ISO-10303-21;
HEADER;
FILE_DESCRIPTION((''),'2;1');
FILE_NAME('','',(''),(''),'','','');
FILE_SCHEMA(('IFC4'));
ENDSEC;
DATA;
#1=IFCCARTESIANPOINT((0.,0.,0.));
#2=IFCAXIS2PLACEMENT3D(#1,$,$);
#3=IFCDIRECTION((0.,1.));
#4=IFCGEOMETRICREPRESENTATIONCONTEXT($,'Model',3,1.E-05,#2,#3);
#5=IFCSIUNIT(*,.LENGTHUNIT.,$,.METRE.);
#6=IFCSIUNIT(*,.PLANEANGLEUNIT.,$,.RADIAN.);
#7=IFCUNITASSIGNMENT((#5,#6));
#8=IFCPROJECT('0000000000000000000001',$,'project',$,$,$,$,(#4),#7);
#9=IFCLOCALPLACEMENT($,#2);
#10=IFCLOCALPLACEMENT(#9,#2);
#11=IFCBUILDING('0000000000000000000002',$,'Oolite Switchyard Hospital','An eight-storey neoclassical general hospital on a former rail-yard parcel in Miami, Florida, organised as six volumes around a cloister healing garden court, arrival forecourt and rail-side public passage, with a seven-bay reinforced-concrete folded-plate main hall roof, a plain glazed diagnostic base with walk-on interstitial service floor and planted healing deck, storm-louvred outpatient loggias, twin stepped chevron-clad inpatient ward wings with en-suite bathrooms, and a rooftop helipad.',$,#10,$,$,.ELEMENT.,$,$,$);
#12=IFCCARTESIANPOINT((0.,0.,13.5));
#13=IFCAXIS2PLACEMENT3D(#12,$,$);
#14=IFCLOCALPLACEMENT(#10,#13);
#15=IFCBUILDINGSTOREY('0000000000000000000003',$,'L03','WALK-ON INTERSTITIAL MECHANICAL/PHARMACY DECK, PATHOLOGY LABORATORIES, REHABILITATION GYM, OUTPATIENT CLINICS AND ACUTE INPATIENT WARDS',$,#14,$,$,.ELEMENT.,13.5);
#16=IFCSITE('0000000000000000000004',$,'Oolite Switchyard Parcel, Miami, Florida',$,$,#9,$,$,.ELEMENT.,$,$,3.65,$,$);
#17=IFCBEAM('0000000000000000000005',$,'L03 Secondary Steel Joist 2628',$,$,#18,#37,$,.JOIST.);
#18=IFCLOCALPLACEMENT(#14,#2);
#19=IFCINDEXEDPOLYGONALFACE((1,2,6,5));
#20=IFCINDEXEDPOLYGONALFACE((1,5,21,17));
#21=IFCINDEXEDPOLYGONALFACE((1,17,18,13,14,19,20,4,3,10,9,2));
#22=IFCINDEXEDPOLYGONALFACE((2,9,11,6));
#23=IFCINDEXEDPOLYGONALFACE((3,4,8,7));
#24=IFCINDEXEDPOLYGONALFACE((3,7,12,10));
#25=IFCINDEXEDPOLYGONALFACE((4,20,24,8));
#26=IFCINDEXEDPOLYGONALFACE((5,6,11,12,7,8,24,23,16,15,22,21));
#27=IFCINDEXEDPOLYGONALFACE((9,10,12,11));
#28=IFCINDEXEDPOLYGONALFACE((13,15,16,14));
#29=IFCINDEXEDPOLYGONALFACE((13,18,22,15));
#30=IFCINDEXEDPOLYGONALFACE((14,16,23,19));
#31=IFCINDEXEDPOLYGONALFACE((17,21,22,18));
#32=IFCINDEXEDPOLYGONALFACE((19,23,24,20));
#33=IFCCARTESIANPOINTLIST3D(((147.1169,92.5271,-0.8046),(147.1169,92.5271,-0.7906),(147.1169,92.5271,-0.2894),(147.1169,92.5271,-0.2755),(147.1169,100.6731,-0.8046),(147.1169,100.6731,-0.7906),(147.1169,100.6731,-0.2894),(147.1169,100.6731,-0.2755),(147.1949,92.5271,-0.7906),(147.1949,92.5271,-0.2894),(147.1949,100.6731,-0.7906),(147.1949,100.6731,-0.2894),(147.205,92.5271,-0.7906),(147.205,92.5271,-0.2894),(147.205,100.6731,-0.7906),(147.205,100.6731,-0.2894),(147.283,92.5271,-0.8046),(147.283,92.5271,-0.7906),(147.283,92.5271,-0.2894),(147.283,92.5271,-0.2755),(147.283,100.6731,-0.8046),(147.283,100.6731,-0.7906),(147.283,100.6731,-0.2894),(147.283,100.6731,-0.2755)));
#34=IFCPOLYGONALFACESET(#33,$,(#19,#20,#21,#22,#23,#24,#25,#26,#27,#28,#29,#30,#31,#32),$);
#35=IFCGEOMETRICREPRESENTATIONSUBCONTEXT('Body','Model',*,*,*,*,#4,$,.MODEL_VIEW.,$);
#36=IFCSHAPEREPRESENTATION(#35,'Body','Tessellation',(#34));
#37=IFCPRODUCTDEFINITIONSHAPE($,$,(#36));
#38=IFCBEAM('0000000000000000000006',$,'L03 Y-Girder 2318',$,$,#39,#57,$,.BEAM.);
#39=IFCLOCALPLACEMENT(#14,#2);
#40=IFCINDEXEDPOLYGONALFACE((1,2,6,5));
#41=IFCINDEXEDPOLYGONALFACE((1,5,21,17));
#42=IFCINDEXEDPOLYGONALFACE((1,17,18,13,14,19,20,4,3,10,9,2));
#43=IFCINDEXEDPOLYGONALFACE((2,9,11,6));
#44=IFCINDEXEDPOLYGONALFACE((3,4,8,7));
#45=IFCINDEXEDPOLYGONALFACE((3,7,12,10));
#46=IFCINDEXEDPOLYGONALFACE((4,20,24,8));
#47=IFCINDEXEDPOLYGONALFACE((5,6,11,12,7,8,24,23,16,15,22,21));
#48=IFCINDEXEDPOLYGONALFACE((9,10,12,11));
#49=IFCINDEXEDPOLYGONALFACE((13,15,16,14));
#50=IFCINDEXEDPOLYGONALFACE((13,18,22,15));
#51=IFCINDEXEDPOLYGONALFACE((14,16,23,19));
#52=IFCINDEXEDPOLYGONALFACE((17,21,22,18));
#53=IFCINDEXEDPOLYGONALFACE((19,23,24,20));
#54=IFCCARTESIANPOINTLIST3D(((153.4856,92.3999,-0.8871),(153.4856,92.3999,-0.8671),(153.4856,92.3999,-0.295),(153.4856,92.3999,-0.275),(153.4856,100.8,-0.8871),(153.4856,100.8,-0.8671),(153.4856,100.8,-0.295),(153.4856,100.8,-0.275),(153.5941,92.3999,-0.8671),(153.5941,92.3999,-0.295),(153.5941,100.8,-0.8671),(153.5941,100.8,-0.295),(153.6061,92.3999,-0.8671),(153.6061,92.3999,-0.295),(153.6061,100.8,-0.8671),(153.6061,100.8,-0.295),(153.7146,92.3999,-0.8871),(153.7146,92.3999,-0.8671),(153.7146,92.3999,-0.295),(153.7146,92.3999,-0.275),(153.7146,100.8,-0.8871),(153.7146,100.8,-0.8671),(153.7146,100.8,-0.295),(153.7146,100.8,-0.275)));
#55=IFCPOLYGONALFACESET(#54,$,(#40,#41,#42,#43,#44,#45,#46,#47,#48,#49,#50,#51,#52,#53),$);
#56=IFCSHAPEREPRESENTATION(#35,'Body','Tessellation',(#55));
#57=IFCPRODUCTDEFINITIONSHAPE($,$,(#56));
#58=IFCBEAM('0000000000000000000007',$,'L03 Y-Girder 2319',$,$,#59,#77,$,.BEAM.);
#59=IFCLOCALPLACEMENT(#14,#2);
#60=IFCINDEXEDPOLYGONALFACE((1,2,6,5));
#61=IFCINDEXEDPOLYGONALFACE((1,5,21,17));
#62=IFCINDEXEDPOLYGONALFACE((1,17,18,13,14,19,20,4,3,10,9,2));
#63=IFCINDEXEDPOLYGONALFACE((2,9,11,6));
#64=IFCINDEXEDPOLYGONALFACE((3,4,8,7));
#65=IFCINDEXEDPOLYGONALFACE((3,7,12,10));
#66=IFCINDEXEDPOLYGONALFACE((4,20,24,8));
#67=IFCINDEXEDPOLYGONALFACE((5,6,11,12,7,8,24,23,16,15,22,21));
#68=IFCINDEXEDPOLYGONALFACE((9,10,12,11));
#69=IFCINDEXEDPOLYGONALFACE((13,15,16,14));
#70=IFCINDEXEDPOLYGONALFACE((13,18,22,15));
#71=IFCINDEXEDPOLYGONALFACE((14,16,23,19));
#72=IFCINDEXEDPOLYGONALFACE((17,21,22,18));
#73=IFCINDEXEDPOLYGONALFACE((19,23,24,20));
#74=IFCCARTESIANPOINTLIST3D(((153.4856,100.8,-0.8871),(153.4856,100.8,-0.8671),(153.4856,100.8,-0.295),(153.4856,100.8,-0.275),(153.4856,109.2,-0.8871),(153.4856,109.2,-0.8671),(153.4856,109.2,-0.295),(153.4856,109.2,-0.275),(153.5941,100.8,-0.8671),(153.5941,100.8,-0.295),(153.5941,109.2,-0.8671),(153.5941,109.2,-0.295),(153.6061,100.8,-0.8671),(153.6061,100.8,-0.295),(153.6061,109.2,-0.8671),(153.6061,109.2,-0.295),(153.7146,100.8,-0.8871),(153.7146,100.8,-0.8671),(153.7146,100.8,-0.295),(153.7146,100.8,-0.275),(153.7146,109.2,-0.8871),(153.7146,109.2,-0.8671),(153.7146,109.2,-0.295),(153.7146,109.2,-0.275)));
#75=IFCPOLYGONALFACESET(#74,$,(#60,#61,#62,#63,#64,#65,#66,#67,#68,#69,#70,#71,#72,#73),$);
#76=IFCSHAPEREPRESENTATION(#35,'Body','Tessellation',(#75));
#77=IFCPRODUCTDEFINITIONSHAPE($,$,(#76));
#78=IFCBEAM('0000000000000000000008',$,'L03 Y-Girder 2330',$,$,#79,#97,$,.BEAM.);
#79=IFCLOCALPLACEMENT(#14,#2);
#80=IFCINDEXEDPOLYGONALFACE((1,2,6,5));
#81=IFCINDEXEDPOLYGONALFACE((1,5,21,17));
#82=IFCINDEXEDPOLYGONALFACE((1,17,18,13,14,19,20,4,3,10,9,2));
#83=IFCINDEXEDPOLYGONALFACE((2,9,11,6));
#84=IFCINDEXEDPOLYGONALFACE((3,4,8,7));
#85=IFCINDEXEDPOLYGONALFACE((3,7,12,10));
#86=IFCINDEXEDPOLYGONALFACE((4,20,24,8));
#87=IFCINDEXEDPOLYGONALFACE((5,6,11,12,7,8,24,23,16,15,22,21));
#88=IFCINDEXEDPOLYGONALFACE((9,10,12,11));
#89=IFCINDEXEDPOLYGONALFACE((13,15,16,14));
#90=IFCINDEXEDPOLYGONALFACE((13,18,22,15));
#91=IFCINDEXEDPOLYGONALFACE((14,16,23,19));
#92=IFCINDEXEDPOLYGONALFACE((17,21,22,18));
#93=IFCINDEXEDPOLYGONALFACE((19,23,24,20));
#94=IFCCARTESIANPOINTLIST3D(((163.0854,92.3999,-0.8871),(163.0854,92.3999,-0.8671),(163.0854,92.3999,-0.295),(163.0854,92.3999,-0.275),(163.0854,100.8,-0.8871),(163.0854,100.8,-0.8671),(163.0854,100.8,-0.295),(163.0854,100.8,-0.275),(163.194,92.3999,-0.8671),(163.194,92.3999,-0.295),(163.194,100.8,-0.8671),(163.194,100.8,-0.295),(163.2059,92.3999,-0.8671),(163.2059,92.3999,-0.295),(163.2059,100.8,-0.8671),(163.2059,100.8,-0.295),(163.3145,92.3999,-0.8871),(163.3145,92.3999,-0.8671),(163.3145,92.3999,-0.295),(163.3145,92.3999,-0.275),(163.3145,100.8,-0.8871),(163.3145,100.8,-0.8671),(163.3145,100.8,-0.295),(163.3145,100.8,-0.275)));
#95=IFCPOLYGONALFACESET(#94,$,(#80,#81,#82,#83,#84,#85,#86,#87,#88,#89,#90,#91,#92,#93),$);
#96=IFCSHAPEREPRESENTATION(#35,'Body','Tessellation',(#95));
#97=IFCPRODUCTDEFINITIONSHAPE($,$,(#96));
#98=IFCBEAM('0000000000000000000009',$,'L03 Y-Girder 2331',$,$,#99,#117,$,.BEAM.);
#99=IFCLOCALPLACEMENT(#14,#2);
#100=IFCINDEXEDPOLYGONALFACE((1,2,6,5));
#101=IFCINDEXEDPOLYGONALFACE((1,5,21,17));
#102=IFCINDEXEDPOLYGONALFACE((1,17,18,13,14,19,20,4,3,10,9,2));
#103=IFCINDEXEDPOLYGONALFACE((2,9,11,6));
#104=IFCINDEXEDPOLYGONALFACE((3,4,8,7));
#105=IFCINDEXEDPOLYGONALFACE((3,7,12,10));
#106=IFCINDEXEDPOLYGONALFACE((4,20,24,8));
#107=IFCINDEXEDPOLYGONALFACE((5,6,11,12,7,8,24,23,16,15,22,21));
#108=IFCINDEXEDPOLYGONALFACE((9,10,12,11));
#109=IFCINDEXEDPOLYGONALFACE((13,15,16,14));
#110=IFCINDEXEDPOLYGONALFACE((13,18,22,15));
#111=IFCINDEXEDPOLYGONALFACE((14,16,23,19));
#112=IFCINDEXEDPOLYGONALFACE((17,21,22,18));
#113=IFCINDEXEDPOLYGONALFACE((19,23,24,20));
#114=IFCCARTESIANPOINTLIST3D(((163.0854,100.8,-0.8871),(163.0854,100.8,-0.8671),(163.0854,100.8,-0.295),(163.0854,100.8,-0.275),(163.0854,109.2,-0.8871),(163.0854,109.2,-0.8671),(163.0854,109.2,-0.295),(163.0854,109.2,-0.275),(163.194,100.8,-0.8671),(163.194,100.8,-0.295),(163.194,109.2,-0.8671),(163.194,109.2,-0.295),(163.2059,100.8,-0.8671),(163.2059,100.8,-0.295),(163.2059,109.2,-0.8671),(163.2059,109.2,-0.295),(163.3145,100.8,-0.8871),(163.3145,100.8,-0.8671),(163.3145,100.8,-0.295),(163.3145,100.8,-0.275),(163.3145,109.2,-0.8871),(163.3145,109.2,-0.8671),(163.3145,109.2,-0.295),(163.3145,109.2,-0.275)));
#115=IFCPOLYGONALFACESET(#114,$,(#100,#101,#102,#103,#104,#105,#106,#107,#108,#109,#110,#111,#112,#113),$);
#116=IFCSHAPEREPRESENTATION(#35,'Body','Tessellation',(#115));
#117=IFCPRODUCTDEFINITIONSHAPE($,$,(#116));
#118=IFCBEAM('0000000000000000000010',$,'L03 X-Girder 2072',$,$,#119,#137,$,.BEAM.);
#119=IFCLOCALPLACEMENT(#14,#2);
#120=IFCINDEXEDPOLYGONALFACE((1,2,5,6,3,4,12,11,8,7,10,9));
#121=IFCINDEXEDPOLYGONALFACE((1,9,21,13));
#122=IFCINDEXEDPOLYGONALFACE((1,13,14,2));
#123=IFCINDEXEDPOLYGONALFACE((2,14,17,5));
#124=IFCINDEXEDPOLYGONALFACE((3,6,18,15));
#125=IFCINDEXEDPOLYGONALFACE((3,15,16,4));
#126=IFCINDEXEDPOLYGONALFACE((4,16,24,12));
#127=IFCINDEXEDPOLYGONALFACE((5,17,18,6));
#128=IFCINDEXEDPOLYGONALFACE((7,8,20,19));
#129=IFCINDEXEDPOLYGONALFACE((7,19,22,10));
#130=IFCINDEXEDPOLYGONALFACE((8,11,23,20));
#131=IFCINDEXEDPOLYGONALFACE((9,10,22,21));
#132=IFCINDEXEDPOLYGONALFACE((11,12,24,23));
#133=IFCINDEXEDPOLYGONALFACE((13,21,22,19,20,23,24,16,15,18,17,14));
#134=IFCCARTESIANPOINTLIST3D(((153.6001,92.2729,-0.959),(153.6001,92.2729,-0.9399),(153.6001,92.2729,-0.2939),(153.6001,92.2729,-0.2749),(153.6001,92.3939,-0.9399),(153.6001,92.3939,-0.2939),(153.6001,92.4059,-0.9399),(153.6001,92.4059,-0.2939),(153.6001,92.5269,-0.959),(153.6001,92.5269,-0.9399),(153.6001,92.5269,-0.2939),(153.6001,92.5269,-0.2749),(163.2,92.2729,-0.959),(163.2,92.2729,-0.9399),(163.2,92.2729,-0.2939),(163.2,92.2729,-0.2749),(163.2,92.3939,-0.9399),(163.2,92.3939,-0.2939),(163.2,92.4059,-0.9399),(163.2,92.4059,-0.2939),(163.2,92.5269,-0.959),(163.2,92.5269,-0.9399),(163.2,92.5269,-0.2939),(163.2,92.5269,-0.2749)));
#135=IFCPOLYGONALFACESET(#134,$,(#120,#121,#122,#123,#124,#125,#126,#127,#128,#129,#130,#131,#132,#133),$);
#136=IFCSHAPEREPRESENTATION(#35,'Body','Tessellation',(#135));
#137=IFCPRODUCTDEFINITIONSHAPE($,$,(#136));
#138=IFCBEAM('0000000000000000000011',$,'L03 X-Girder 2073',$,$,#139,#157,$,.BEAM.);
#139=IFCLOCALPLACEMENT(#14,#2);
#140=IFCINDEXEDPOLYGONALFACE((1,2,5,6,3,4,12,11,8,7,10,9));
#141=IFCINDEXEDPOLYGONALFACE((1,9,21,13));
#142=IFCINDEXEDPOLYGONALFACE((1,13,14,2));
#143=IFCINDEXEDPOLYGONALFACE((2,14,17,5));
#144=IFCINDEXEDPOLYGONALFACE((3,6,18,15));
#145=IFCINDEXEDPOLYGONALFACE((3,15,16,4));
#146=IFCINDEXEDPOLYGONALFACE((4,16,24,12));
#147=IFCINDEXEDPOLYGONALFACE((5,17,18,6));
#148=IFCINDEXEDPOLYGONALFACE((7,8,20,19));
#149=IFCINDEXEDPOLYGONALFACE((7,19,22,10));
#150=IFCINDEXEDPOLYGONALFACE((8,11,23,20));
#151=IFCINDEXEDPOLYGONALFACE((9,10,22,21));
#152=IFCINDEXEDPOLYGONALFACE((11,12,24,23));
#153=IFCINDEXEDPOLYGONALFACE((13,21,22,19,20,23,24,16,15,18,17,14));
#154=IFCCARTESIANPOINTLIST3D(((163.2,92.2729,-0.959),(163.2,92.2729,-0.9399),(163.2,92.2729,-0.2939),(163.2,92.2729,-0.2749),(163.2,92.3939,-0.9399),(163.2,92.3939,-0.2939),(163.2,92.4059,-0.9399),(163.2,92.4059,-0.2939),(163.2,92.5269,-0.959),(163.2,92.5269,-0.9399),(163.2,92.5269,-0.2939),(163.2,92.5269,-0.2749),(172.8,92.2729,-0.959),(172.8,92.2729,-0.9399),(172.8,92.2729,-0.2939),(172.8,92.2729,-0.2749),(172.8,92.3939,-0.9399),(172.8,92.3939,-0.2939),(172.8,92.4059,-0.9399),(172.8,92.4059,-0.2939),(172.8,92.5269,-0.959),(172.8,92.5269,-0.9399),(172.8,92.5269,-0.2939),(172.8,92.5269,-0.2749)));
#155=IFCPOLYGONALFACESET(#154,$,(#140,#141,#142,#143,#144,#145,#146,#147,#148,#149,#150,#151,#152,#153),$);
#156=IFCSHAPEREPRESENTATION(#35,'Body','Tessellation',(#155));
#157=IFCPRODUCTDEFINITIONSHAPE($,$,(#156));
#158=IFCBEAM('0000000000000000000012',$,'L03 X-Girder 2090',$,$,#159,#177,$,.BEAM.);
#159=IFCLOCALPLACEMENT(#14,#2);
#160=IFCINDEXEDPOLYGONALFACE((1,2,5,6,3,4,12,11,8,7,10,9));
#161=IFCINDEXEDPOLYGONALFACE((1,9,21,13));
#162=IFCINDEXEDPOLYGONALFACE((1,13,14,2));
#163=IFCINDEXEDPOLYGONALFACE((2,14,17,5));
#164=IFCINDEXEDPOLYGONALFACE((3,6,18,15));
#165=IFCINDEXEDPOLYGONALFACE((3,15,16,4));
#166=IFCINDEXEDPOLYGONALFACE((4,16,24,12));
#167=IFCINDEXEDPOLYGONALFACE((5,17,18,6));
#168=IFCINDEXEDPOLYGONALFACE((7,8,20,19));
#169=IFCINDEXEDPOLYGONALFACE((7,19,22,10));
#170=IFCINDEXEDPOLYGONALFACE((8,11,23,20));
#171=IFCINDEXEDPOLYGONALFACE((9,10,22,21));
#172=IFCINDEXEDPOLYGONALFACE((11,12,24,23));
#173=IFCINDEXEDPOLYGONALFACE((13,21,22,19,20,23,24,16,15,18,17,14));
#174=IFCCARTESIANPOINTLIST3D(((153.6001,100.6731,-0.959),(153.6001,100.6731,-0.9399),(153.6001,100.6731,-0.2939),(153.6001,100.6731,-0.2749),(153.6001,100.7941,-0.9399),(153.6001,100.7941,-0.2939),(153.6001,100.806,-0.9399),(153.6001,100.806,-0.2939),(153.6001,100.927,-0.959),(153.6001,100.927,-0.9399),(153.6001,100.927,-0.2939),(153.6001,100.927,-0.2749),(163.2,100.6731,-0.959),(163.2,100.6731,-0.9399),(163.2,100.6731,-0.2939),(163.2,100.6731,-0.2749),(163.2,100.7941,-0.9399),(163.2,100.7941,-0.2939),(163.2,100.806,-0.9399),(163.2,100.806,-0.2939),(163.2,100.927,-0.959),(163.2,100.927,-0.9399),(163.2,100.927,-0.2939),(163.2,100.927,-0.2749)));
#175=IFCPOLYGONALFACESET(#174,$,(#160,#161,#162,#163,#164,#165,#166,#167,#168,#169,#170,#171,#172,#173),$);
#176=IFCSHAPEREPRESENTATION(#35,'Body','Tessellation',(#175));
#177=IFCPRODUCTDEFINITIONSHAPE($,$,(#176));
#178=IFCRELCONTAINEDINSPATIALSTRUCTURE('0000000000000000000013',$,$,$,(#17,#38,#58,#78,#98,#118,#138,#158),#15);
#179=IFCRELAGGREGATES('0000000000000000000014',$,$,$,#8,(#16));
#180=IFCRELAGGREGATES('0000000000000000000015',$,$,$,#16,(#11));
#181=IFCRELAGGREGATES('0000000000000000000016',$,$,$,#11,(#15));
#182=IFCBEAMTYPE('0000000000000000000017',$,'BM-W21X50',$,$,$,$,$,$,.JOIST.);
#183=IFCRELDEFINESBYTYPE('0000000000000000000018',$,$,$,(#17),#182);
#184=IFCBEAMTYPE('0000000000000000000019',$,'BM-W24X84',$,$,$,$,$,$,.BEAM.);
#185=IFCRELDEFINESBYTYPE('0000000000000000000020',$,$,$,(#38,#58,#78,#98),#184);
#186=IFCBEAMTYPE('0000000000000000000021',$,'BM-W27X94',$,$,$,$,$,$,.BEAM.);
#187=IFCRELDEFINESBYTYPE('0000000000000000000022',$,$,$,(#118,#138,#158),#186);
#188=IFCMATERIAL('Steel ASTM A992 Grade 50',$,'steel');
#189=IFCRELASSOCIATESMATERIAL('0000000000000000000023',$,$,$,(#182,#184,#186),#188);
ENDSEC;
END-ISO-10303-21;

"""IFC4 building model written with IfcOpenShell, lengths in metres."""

from ifc_helpers import new_model, si_unit, direction, frame, origin, origin_2d, place, context, subcontext, project, spatial, i_section, extrude, material, material_profile, profile_set, type_object, element, save


model = new_model("IFC4")

# Units and contexts
model_context = context("Model", 3, precision=1e-05, world=origin(), true_north=direction((0.0, 1.0)))
body_context = subcontext(model_context, "Body", "Model", "MODEL_VIEW")
ifc_project = project(units=[si_unit("LENGTHUNIT", "METRE"), si_unit("PLANEANGLEUNIT", "RADIAN")], contexts=[model_context])

# Site, building, storey
site_placement = place(None, origin())
site = spatial("IfcSite", under=ifc_project, at=site_placement, Name="Oolite Switchyard Parcel, Miami, Florida", CompositionType="ELEMENT", RefElevation=3.65)
building_placement = place(site_placement, origin())
building = spatial("IfcBuilding", under=site, at=building_placement, Name="Oolite Switchyard Hospital", Description="An eight-storey neoclassical general hospital on a former rail-yard parcel in Miami, Florida, organised as six volumes around a cloister healing garden court, arrival forecourt and rail-side public passage, with a seven-bay reinforced-concrete folded-plate main hall roof, a plain glazed diagnostic base with walk-on interstitial service floor and planted healing deck, storm-louvred outpatient loggias, twin stepped chevron-clad inpatient ward wings with en-suite bathrooms, and a rooftop helipad.", CompositionType="ELEMENT")
storey_placement = place(building_placement, frame((0.0, 0.0, 13.5)))
storey = spatial("IfcBuildingStorey", under=building, at=storey_placement, Name="L03", Description="WALK-ON INTERSTITIAL MECHANICAL/PHARMACY DECK, PATHOLOGY LABORATORIES, REHABILITATION GYM, OUTPATIENT CLINICS AND ACUTE INPATIENT WARDS", CompositionType="ELEMENT", Elevation=13.5)

# Beams
ifc_material_1 = material(Name="Steel ASTM A992 Grade 50", Category="steel")
ifc_material_profile_1 = material_profile(ifc_material_1, i_section(OverallWidth=0.166, OverallDepth=0.5291, WebThickness=0.01, FlangeThickness=0.0139, at=origin_2d()), Name="W21X50")
ifc_profile_set_1 = profile_set([ifc_material_profile_1], Name="Steel ASTM A992 Grade 50")
beam_type_1 = type_object("IfcBeamType", Name="BM-W21X50", PredefinedType="JOIST", material=ifc_profile_set_1)
beam_1_placement = place(storey_placement, frame((147.2, 92.5271, -0.54), z_axis=(0.0, 1.0, 0.0), x_axis=(-1.0, 0.0, 0.0)))
element("IfcBeam", 1, at=beam_1_placement, inside=storey, type_object=beam_type_1, Name="L03 Secondary Steel Joist 2628", PredefinedType="JOIST", context=body_context, shape_type="SweptSolid", body=[
    extrude(i_section(OverallWidth=0.166, OverallDepth=0.5291, WebThickness=0.01, FlangeThickness=0.0139, at=origin_2d()), origin(), (0.0, 0.0, 1.0), 8.146),
])
ifc_material_profile_2 = material_profile(ifc_material_1, i_section(OverallWidth=0.229, OverallDepth=0.6121, WebThickness=0.012, FlangeThickness=0.02, at=origin_2d()), Name="W24X84")
ifc_profile_set_2 = profile_set([ifc_material_profile_2], Name="Steel ASTM A992 Grade 50")
beam_type_2 = type_object("IfcBeamType", Name="BM-W24X84", PredefinedType="BEAM", material=ifc_profile_set_2)
beam_2_placement = place(storey_placement, frame((153.6001, 92.3999, -0.5811), z_axis=(0.0, 1.0, 0.0), x_axis=(-1.0, 0.0, 0.0)))
element("IfcBeam", 2, at=beam_2_placement, inside=storey, type_object=beam_type_2, Name="L03 Y-Girder 2318", PredefinedType="BEAM", context=body_context, shape_type="SweptSolid", body=[
    extrude(i_section(OverallWidth=0.229, OverallDepth=0.6121, WebThickness=0.012, FlangeThickness=0.02, at=origin_2d()), origin(), (0.0, 0.0, 1.0), 8.4001),
])
beam_3_placement = place(storey_placement, frame((153.6001, 100.8, -0.5811), z_axis=(0.0, 1.0, 0.0), x_axis=(-1.0, 0.0, 0.0)))
element("IfcBeam", 3, at=beam_3_placement, inside=storey, type_object=beam_type_2, Name="L03 Y-Girder 2319", PredefinedType="BEAM", context=body_context, shape_type="SweptSolid", body=[
    extrude(i_section(OverallWidth=0.229, OverallDepth=0.6121, WebThickness=0.012, FlangeThickness=0.02, at=origin_2d()), origin(), (0.0, 0.0, 1.0), 8.3999),
])
beam_4_placement = place(storey_placement, frame((163.2, 92.3999, -0.5811), z_axis=(0.0, 1.0, 0.0), x_axis=(-1.0, 0.0, 0.0)))
element("IfcBeam", 4, at=beam_4_placement, inside=storey, type_object=beam_type_2, Name="L03 Y-Girder 2330", PredefinedType="BEAM", context=body_context, shape_type="SweptSolid", body=[
    extrude(i_section(OverallWidth=0.229, OverallDepth=0.6121, WebThickness=0.012, FlangeThickness=0.02, at=origin_2d()), origin(), (0.0, 0.0, 1.0), 8.4001),
])
beam_5_placement = place(storey_placement, frame((163.2, 100.8, -0.5811), z_axis=(0.0, 1.0, 0.0), x_axis=(-1.0, 0.0, 0.0)))
element("IfcBeam", 5, at=beam_5_placement, inside=storey, type_object=beam_type_2, Name="L03 Y-Girder 2331", PredefinedType="BEAM", context=body_context, shape_type="SweptSolid", body=[
    extrude(i_section(OverallWidth=0.229, OverallDepth=0.6121, WebThickness=0.012, FlangeThickness=0.02, at=origin_2d()), origin(), (0.0, 0.0, 1.0), 8.3999),
])
ifc_material_profile_3 = material_profile(ifc_material_1, i_section(OverallWidth=0.2539, OverallDepth=0.6841, WebThickness=0.012, FlangeThickness=0.019, at=origin_2d()), Name="W27X94")
ifc_profile_set_3 = profile_set([ifc_material_profile_3], Name="Steel ASTM A992 Grade 50")
beam_type_3 = type_object("IfcBeamType", Name="BM-W27X94", PredefinedType="BEAM", material=ifc_profile_set_3)
beam_6_placement = place(storey_placement, frame((153.6001, 92.3999, -0.6169), z_axis=(1.0, 0.0, 0.0), x_axis=(0.0, 1.0, 0.0)))
element("IfcBeam", 6, at=beam_6_placement, inside=storey, type_object=beam_type_3, Name="L03 X-Girder 2072", PredefinedType="BEAM", context=body_context, shape_type="SweptSolid", body=[
    extrude(i_section(OverallWidth=0.2539, OverallDepth=0.6841, WebThickness=0.012, FlangeThickness=0.019, at=origin_2d()), origin(), (0.0, 0.0, 1.0), 9.5999),
])
beam_7_placement = place(storey_placement, frame((163.2, 92.3999, -0.6169), z_axis=(1.0, 0.0, 0.0), x_axis=(0.0, 1.0, 0.0)))
element("IfcBeam", 7, at=beam_7_placement, inside=storey, type_object=beam_type_3, Name="L03 X-Girder 2073", PredefinedType="BEAM", context=body_context, shape_type="SweptSolid", body=[
    extrude(i_section(OverallWidth=0.2539, OverallDepth=0.6841, WebThickness=0.012, FlangeThickness=0.019, at=origin_2d()), origin(), (0.0, 0.0, 1.0), 9.6001),
])
beam_8_placement = place(storey_placement, frame((153.6001, 100.8, -0.6169), z_axis=(1.0, 0.0, 0.0), x_axis=(0.0, 1.0, 0.0)))
element("IfcBeam", 8, at=beam_8_placement, inside=storey, type_object=beam_type_3, Name="L03 X-Girder 2090", PredefinedType="BEAM", context=body_context, shape_type="SweptSolid", body=[
    extrude(i_section(OverallWidth=0.2539, OverallDepth=0.6841, WebThickness=0.012, FlangeThickness=0.019, at=origin_2d()), origin(), (0.0, 0.0, 1.0), 9.5999),
])

save(model, "model.ifc")
